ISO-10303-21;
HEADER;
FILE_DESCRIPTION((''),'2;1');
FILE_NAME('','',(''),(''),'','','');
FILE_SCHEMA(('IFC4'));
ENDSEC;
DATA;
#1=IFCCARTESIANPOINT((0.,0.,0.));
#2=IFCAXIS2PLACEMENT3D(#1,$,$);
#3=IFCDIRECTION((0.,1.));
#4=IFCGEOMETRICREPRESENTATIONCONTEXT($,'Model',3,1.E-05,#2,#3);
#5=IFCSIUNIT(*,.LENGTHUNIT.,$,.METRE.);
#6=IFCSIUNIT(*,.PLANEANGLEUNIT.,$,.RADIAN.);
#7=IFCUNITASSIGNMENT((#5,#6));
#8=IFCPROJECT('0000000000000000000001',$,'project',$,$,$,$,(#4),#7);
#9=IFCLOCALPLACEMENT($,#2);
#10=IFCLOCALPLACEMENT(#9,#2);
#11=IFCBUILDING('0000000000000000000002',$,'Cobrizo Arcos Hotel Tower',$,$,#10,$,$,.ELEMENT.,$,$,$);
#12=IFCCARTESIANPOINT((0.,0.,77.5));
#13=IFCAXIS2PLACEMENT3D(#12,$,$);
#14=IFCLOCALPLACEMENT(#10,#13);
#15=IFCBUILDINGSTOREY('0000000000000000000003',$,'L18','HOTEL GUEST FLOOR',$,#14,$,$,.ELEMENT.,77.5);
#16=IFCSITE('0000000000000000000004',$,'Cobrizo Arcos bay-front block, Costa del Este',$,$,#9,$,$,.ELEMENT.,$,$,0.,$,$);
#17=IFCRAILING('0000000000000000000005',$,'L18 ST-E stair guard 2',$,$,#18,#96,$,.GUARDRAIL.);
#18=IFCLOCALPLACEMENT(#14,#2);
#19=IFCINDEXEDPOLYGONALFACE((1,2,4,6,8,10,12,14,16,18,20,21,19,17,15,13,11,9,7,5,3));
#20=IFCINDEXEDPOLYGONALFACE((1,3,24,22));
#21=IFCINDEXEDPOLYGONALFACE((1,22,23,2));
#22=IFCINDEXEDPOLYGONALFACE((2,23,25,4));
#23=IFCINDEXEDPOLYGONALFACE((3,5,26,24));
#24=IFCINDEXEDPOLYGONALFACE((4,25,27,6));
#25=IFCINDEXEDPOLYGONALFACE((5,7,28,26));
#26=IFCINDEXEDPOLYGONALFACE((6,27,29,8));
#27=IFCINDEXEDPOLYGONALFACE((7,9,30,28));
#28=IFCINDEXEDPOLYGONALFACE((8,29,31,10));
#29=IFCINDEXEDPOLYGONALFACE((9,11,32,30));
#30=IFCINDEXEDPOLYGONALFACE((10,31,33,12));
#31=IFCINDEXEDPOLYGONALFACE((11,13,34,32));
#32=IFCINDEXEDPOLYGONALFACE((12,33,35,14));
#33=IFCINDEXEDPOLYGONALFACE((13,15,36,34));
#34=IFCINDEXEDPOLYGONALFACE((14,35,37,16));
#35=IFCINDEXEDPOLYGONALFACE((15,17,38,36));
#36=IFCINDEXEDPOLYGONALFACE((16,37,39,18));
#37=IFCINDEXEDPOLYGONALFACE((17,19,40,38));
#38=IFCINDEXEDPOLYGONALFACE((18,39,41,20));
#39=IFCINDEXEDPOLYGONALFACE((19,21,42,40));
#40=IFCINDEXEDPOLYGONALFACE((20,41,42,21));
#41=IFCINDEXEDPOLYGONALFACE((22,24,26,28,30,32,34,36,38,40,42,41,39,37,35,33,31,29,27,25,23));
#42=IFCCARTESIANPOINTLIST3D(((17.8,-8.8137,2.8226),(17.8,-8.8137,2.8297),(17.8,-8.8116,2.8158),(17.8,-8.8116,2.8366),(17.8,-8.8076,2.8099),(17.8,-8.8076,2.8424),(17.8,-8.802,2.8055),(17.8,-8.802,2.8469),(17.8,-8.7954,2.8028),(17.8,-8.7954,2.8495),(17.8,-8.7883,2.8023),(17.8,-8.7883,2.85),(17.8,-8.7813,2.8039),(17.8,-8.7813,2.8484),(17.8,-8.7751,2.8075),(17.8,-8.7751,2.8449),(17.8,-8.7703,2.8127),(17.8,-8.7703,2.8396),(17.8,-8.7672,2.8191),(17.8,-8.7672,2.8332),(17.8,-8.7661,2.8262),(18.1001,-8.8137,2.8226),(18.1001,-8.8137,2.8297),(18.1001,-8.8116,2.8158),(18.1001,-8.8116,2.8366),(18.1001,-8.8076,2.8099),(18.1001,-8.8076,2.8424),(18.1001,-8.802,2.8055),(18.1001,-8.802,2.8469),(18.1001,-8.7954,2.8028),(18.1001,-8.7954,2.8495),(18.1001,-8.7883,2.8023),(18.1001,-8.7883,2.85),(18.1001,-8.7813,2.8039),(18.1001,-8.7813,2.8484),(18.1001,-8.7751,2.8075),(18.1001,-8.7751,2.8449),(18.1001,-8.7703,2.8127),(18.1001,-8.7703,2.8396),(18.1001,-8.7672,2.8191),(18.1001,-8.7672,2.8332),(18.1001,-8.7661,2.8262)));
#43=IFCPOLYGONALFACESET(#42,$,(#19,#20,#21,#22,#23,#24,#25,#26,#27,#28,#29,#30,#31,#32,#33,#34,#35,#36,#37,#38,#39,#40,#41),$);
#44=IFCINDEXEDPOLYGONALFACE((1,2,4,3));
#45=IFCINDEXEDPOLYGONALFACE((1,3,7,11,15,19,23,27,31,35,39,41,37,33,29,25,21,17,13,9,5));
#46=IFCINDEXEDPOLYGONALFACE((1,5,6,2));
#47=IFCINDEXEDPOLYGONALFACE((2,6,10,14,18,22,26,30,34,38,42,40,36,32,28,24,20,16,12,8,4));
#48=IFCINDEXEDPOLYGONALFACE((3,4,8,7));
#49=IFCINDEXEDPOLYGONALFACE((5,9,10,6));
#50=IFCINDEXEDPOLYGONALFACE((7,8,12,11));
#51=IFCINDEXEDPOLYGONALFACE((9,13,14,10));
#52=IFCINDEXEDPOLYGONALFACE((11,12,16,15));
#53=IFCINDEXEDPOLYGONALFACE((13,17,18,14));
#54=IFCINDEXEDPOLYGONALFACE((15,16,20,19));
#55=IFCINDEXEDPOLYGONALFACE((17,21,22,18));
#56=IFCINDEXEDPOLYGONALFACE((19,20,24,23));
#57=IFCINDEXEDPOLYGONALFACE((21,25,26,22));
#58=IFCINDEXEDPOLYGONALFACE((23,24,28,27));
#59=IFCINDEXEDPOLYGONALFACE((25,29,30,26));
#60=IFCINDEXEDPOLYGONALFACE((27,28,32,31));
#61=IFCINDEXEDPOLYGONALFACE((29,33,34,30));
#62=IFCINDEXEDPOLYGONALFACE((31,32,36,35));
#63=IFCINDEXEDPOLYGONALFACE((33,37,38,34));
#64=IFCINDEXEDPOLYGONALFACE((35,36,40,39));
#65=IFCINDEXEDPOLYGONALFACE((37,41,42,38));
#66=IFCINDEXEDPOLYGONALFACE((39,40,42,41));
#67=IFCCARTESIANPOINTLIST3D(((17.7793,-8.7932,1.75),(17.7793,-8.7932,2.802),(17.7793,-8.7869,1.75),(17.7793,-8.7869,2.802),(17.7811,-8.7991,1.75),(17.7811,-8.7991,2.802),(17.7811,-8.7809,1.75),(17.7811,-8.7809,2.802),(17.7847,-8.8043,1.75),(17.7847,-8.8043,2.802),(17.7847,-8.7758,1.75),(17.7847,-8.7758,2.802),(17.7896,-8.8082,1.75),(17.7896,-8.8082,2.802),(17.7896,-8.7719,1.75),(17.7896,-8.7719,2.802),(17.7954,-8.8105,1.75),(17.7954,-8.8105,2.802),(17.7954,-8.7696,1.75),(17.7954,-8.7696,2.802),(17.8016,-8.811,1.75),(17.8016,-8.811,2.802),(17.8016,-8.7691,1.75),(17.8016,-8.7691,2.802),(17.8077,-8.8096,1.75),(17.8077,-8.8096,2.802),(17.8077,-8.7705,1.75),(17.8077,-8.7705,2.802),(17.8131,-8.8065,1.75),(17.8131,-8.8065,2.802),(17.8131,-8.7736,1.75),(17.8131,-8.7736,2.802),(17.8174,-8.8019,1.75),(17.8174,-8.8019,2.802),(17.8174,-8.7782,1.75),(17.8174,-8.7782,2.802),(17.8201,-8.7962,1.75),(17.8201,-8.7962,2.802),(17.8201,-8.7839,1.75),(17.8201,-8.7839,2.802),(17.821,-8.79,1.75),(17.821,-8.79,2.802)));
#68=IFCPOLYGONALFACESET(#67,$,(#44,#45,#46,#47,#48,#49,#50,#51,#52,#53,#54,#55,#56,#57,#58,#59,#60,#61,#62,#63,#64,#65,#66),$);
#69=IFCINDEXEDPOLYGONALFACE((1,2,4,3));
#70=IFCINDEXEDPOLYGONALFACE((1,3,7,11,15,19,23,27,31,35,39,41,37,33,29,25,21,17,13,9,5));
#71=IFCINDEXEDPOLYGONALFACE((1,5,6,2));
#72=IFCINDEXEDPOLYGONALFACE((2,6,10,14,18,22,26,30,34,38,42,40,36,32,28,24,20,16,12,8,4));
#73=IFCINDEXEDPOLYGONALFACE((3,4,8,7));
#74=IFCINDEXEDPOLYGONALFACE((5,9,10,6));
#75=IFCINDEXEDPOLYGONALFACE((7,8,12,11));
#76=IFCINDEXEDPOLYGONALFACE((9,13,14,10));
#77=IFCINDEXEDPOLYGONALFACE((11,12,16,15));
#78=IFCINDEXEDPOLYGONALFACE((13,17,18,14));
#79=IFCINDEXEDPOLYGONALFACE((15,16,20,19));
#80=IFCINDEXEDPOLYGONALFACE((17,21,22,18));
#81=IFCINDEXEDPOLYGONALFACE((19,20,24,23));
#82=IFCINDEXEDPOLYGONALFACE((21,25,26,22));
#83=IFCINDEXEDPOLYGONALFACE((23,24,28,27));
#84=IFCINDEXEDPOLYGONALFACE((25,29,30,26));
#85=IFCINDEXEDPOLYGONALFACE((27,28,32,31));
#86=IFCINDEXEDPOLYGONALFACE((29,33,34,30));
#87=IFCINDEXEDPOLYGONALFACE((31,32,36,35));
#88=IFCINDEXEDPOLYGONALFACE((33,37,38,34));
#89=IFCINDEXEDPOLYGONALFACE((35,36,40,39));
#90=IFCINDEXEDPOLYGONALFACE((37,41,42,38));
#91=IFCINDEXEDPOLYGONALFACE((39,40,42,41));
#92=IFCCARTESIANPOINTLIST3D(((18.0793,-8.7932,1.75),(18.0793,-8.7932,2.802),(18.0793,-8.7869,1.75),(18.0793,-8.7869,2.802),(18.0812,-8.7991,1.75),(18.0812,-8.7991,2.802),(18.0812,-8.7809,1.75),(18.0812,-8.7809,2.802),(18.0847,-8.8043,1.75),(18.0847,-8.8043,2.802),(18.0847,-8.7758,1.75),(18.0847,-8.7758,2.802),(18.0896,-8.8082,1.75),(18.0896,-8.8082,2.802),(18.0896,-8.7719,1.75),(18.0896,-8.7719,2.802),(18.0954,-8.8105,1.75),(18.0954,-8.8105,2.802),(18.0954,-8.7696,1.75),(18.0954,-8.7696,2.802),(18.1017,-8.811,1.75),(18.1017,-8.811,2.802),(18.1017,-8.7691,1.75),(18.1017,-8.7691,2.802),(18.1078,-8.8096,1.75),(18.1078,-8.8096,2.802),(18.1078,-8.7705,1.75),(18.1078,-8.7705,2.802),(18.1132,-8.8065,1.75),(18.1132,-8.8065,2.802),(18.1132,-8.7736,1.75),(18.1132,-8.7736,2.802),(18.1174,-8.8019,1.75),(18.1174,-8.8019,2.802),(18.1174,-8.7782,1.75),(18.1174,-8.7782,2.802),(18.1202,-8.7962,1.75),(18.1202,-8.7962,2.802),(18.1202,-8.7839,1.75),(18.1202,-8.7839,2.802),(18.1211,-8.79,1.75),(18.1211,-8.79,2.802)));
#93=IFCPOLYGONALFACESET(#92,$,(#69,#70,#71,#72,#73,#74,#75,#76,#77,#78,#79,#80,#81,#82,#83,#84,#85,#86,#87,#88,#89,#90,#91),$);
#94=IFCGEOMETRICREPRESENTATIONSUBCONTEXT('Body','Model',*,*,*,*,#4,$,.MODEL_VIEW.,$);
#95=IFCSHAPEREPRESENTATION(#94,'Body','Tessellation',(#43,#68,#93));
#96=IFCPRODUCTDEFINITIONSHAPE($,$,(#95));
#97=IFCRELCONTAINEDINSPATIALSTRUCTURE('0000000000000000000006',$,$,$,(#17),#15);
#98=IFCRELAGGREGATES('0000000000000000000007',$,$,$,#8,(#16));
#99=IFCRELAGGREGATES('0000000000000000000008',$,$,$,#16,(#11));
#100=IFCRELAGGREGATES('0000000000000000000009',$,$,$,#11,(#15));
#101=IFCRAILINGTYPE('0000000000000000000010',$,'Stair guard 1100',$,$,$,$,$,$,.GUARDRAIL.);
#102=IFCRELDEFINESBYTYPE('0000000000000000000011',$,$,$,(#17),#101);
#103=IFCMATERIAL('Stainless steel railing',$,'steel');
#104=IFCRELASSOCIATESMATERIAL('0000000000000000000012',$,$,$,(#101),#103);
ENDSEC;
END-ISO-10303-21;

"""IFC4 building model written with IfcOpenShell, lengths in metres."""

from ifc_helpers import new_model, si_unit, direction, frame, origin, origin_2d, place, context, subcontext, project, spatial, circle, extrude, material, type_object, element, save


model = new_model("IFC4")

# Units and contexts
model_context = context("Model", 3, precision=1e-05, world=origin(), true_north=direction((0.0, 1.0)))
body_context = subcontext(model_context, "Body", "Model", "MODEL_VIEW")
ifc_project = project(units=[si_unit("LENGTHUNIT", "METRE"), si_unit("PLANEANGLEUNIT", "RADIAN")], contexts=[model_context])

# Site, building, storey
site_placement = place(None, origin())
site = spatial("IfcSite", under=ifc_project, at=site_placement, Name="Cobrizo Arcos bay-front block, Costa del Este", CompositionType="ELEMENT", RefElevation=0.0)
building_placement = place(site_placement, origin())
building = spatial("IfcBuilding", under=site, at=building_placement, Name="Cobrizo Arcos Hotel Tower", CompositionType="ELEMENT")
storey_placement = place(building_placement, frame((0.0, 0.0, 77.5)))
storey = spatial("IfcBuildingStorey", under=building, at=storey_placement, Name="L18", Description="HOTEL GUEST FLOOR", CompositionType="ELEMENT", Elevation=77.5)

# Railing
ifc_material_1 = material(Name="Stainless steel railing", Category="steel")
railing_type_1 = type_object("IfcRailingType", Name="Stair guard 1100", PredefinedType="GUARDRAIL", material=ifc_material_1)
railing_1_placement = place(storey_placement, frame((17.8, -8.79, 1.75)))
element("IfcRailing", 1, at=railing_1_placement, inside=storey, type_object=railing_type_1, Name="L18 ST-E stair guard 2", PredefinedType="GUARDRAIL", context=body_context, shape_type="SweptSolid", body=[
    extrude(circle(Radius=0.0239, at=origin_2d()), frame((0.0, 0.0, 1.0762), z_axis=(1.0, 0.0, 0.0), x_axis=(0.0, 1.0, 0.0)), (0.0, 0.0, 1.0), 0.3),
    extrude(circle(Radius=0.021, at=origin_2d()), origin(), (0.0, 0.0, 1.0), 1.052),
    extrude(circle(Radius=0.021, at=origin_2d()), frame((0.3, 0.0, 0.0)), (0.0, 0.0, 1.0), 1.052),
])

save(model, "model.ifc")
